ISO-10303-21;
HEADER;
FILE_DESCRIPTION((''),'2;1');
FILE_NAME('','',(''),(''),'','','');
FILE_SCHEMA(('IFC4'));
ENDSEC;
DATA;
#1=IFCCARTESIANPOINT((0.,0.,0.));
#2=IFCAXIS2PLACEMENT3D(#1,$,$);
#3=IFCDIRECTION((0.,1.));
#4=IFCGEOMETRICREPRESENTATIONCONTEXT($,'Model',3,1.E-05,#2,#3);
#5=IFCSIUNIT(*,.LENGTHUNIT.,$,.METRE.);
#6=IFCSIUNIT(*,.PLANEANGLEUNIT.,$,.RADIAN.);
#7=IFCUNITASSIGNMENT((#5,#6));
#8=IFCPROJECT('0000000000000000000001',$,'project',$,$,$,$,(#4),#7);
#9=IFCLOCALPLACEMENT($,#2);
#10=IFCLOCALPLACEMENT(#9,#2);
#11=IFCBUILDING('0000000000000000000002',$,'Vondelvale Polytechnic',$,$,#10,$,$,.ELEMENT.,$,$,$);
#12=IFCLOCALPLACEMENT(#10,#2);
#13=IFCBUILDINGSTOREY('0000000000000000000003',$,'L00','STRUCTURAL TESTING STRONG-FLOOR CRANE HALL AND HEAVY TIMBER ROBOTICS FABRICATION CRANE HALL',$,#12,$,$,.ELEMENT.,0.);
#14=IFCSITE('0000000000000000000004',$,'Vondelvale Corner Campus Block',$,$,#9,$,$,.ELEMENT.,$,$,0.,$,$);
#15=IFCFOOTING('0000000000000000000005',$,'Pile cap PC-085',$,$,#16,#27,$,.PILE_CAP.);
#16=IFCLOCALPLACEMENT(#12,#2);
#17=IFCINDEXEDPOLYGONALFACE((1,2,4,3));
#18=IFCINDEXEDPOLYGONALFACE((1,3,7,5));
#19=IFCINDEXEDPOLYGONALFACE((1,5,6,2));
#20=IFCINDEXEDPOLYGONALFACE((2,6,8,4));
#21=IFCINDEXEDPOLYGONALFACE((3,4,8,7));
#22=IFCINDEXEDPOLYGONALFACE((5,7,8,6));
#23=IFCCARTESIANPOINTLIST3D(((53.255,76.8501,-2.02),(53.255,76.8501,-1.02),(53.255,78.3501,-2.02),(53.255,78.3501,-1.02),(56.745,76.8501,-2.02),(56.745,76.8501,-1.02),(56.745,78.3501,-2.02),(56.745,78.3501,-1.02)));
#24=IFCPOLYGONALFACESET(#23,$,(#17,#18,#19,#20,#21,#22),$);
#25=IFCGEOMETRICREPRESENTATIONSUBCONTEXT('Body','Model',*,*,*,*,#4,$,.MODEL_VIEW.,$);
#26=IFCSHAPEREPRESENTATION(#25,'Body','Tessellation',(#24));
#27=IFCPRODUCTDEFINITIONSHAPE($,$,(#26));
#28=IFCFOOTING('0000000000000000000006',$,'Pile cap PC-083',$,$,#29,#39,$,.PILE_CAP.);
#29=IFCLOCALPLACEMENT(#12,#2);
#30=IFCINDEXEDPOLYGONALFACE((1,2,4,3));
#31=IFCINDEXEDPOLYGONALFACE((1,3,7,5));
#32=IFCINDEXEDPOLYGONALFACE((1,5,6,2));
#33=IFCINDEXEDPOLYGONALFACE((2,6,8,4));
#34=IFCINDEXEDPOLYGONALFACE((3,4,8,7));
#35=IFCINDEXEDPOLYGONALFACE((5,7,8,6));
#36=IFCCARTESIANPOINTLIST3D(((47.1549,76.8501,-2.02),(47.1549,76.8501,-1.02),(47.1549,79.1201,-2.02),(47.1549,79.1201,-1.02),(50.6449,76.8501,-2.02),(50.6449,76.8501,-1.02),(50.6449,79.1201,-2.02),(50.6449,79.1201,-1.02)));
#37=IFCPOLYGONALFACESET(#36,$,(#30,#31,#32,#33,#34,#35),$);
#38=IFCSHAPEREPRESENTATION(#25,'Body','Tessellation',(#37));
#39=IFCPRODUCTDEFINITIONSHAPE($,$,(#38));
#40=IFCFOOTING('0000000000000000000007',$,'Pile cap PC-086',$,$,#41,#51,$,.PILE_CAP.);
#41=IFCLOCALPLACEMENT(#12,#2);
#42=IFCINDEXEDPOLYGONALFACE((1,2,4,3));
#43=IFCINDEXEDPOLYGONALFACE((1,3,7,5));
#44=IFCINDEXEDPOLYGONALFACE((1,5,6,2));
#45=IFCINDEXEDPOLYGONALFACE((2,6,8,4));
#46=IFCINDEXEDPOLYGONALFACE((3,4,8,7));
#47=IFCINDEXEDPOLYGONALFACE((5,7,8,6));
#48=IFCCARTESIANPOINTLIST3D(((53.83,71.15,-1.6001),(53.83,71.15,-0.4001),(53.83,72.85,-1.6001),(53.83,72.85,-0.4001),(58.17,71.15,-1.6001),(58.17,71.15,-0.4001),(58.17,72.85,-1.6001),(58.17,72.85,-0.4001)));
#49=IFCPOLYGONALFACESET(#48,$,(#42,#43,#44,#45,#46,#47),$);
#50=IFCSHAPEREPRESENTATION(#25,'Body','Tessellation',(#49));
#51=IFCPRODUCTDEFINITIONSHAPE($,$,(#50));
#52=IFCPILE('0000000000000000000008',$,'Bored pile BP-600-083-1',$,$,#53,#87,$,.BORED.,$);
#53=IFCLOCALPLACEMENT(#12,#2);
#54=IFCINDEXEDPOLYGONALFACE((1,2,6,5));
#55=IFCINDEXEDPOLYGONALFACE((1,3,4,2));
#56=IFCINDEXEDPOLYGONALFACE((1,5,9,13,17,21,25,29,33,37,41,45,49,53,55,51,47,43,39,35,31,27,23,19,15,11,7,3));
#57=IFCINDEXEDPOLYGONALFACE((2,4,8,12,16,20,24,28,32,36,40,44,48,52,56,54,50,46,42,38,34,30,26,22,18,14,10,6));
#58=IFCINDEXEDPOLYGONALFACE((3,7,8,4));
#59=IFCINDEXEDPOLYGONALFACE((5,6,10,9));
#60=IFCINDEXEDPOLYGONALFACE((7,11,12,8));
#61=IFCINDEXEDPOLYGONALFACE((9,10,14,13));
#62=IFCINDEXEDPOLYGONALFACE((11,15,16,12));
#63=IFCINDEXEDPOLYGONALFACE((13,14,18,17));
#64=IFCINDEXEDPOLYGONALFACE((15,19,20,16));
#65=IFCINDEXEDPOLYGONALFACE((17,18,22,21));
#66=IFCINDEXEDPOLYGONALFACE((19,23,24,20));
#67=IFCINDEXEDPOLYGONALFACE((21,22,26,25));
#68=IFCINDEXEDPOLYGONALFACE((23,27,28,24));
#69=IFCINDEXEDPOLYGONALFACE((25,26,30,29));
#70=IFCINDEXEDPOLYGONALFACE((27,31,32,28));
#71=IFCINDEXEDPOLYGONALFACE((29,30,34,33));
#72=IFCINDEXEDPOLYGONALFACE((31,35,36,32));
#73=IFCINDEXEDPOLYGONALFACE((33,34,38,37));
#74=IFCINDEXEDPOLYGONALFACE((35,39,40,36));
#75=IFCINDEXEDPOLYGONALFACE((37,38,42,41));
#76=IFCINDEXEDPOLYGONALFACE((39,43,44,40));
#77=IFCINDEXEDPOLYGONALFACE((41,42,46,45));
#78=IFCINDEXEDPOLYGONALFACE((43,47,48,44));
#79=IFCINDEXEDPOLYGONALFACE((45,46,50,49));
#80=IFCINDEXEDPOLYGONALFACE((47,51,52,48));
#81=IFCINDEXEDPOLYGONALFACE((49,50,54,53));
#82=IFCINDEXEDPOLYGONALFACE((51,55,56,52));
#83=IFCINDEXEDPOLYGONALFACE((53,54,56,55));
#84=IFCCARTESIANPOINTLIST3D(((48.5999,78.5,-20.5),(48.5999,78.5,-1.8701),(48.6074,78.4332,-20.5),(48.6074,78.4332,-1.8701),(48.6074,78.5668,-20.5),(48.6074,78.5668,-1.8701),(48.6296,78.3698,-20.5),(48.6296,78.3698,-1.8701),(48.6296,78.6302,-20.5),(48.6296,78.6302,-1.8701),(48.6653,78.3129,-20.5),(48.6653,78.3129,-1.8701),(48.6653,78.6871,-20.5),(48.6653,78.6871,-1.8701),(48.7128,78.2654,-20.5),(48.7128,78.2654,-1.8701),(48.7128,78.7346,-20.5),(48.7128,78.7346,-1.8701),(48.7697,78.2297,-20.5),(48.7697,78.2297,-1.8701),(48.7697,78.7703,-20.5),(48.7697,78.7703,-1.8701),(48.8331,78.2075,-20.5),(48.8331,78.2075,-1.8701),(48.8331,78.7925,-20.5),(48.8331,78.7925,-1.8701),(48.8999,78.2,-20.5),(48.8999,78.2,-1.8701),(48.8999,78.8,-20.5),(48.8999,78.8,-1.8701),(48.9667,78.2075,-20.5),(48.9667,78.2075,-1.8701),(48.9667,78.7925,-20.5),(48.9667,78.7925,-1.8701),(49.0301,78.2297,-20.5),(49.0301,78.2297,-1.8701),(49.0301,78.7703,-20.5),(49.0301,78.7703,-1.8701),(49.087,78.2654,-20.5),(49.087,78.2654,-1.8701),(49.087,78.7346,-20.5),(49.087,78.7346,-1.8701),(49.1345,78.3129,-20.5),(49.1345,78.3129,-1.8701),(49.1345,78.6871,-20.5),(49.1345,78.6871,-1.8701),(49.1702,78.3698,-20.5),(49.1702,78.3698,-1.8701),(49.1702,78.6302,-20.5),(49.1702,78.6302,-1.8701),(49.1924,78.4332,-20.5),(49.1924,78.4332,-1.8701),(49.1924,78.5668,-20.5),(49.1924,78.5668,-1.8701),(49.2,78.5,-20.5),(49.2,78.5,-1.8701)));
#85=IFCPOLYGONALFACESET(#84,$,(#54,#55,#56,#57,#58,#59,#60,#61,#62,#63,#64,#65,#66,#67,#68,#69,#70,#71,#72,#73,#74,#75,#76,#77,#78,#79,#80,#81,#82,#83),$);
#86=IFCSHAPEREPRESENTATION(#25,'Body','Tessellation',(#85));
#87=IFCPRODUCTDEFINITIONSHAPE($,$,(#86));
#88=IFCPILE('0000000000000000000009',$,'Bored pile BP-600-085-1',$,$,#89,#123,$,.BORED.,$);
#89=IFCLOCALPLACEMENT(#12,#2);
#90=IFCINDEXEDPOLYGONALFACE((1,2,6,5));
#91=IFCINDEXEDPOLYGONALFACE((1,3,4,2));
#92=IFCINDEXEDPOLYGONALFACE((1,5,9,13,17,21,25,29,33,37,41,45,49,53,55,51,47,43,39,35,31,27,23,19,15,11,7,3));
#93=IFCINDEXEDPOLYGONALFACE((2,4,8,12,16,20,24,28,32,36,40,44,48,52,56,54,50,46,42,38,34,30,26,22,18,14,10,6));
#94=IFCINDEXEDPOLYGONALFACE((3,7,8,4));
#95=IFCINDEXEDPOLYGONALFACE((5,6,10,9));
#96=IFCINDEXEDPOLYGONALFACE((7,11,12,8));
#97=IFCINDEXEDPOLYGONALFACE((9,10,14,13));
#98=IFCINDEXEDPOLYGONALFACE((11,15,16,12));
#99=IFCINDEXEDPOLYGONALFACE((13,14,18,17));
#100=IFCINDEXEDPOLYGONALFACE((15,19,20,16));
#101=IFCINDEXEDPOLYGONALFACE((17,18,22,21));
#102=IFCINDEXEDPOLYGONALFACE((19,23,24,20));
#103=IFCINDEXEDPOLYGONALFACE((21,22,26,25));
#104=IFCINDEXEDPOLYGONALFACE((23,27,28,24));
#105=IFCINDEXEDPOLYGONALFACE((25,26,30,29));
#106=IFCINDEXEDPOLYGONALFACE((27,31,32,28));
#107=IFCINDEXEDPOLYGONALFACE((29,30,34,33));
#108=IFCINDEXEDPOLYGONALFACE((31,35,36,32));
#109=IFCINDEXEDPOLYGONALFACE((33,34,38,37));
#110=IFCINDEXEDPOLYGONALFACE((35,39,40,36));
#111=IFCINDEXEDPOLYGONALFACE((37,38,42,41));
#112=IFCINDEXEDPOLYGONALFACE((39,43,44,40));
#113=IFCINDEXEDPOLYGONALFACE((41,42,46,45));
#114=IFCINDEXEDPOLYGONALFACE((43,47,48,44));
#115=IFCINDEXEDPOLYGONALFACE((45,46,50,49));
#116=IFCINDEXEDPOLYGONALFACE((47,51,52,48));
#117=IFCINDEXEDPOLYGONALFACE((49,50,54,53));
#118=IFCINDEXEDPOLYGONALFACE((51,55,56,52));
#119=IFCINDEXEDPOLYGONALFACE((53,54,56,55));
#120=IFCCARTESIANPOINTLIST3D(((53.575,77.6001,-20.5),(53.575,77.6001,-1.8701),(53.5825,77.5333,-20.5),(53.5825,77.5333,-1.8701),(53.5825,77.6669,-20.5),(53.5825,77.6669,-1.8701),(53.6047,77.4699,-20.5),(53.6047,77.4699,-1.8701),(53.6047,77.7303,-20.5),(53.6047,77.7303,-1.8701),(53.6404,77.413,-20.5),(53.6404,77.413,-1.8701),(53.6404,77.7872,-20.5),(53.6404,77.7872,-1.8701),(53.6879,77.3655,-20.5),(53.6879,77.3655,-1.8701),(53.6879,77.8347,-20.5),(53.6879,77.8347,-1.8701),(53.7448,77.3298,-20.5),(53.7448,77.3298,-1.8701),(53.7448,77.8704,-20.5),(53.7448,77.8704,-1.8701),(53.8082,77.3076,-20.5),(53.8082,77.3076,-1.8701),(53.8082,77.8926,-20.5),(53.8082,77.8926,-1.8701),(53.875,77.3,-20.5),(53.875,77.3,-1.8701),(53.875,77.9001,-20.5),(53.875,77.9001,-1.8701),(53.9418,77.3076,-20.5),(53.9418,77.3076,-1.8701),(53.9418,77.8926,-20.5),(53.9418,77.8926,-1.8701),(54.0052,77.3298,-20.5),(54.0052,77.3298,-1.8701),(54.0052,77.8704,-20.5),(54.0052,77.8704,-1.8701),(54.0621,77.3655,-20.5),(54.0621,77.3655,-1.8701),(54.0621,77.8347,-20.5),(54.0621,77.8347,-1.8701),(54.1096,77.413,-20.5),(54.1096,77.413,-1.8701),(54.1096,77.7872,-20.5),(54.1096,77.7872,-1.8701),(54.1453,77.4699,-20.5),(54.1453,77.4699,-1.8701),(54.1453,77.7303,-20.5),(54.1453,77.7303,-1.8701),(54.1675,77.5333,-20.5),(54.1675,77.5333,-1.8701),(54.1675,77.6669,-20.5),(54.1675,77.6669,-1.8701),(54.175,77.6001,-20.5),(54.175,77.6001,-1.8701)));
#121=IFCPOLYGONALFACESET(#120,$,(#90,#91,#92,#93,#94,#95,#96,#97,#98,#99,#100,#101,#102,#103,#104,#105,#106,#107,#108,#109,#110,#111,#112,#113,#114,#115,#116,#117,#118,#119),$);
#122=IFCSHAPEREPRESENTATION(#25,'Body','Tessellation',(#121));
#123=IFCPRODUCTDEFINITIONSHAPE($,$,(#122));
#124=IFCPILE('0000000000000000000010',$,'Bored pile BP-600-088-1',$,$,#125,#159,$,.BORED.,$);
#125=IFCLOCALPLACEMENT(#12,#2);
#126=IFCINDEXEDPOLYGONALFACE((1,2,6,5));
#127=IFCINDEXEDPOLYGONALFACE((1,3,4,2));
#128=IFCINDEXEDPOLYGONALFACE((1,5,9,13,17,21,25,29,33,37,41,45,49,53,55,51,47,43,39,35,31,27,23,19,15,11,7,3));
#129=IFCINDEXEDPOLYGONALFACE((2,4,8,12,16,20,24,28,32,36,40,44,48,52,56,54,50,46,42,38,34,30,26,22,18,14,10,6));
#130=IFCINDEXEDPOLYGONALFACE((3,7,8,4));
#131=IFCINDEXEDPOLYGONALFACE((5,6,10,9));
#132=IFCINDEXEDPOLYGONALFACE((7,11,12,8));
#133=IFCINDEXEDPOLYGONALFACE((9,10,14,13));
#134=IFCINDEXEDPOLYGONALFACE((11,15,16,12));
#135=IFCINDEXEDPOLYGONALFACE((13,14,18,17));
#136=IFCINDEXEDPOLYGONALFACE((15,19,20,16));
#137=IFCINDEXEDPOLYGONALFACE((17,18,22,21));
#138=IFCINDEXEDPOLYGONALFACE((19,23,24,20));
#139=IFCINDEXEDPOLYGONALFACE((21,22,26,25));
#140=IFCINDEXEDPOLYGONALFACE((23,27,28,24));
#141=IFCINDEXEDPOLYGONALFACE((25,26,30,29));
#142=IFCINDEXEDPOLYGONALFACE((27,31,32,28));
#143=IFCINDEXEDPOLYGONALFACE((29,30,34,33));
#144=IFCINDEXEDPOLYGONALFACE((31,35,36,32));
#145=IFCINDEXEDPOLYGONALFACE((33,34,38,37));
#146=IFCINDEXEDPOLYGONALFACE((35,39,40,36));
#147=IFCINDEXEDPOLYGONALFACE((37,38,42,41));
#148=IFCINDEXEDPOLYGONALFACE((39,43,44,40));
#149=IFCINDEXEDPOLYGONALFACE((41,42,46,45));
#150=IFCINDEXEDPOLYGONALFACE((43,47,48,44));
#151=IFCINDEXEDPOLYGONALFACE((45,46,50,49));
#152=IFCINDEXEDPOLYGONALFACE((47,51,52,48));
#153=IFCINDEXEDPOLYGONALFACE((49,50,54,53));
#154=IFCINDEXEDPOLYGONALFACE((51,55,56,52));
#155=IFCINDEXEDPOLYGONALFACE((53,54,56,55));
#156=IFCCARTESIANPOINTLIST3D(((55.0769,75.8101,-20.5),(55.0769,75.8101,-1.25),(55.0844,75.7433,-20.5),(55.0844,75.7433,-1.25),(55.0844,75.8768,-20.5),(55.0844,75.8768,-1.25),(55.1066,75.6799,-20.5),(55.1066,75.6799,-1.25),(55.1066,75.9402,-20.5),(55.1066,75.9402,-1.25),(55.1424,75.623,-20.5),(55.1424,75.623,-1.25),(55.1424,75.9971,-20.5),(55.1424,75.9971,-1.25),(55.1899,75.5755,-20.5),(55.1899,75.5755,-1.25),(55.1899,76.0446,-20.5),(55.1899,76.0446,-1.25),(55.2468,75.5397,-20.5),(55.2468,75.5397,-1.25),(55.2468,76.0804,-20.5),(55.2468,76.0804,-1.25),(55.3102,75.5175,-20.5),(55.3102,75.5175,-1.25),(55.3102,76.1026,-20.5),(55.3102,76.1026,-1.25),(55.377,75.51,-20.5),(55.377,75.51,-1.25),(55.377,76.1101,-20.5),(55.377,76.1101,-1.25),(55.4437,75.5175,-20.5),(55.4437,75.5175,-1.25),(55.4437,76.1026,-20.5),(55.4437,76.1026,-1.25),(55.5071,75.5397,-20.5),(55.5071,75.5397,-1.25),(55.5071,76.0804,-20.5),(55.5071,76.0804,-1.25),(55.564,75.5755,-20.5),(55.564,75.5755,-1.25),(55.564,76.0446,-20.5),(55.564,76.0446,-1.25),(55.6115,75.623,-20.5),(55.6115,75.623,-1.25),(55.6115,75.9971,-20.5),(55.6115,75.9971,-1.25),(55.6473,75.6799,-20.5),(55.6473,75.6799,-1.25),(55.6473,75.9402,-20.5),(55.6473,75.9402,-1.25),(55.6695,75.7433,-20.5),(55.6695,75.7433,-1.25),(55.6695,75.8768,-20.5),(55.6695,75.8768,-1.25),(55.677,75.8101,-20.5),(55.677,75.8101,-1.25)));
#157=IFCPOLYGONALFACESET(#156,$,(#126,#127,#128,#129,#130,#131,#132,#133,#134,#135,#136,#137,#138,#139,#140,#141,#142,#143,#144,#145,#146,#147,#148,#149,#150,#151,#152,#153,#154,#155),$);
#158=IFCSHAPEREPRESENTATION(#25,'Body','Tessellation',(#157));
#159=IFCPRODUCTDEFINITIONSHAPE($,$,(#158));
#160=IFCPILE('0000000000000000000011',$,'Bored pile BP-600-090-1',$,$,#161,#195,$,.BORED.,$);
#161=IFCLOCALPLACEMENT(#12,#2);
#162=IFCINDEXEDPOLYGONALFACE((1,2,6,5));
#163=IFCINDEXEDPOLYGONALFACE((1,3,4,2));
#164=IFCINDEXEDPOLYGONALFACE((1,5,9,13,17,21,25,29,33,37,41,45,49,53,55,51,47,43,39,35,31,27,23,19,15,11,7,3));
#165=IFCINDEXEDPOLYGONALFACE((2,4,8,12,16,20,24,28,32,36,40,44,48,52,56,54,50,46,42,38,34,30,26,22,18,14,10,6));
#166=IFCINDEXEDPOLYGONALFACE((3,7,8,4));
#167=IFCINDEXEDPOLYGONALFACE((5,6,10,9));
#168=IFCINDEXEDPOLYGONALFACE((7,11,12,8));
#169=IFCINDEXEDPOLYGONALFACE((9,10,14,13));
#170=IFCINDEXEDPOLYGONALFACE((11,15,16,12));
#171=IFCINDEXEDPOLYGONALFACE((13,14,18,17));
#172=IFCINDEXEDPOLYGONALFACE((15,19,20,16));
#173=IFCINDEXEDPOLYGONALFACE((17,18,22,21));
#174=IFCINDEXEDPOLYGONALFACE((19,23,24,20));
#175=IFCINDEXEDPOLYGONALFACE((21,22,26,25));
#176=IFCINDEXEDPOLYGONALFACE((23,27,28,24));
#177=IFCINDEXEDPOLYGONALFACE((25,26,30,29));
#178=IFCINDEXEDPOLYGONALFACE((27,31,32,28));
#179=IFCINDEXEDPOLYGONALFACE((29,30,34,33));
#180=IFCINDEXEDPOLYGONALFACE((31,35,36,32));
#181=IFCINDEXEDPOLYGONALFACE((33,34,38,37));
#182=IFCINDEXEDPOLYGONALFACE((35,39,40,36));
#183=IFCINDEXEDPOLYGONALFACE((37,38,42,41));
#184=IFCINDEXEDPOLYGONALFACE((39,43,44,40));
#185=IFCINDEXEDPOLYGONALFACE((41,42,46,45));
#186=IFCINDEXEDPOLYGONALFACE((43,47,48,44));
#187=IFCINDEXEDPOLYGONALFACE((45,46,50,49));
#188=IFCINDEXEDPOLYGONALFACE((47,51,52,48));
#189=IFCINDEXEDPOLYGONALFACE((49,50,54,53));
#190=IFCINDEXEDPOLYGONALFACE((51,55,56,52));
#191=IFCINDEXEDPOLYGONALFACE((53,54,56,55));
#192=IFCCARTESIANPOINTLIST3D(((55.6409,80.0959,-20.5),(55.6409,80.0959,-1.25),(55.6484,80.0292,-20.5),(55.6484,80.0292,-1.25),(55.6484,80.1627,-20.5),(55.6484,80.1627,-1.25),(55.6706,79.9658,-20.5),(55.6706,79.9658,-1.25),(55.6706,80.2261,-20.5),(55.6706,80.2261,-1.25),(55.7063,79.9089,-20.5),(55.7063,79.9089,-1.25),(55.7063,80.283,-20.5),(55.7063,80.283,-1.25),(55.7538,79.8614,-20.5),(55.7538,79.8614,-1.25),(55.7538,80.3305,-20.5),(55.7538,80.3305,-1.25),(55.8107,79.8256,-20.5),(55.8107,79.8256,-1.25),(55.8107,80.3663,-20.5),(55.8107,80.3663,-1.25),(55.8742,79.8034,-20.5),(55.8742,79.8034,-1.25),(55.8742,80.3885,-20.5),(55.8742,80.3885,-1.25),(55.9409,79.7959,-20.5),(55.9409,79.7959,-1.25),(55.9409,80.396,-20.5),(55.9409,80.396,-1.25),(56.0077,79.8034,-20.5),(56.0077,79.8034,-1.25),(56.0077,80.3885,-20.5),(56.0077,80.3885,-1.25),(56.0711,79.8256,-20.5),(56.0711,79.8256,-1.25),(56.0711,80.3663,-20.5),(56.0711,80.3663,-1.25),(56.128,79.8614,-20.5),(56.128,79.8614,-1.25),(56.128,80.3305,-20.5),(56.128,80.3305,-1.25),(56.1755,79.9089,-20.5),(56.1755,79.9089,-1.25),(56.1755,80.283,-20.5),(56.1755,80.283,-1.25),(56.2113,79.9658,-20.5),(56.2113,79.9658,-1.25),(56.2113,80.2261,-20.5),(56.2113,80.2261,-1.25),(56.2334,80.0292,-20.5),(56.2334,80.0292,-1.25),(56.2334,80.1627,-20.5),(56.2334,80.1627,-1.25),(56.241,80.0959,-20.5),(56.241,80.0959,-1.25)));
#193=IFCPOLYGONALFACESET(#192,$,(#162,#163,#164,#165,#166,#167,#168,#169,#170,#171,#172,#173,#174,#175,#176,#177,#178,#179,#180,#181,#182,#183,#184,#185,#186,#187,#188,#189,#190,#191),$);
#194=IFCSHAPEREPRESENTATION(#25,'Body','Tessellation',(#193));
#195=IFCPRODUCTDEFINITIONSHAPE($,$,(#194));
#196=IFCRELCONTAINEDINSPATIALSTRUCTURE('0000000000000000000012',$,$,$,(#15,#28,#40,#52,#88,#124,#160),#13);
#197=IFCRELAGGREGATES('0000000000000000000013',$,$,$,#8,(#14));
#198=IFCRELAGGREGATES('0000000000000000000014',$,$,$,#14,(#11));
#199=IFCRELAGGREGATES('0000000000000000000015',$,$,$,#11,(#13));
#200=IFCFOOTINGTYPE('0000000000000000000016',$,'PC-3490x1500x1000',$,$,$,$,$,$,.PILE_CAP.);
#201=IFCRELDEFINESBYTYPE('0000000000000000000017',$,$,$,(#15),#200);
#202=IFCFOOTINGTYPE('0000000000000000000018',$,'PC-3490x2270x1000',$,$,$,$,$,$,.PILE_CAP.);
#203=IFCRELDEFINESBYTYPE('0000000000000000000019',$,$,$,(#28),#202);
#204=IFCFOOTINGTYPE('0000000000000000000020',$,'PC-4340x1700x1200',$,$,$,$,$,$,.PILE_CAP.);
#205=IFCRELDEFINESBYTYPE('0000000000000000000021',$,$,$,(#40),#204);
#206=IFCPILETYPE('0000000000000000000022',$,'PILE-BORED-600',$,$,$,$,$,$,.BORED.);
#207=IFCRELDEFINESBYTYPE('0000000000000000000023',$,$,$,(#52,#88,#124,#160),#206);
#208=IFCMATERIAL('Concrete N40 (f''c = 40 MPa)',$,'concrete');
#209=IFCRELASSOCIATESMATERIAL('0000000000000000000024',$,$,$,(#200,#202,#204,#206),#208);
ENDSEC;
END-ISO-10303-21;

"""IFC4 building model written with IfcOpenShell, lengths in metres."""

from ifc_helpers import new_model, si_unit, direction, frame, origin, origin_2d, place, context, subcontext, project, spatial, rectangle, circle, extrude, material, material_profile, profile_set, type_object, element, save


model = new_model("IFC4")

# Units and contexts
model_context = context("Model", 3, precision=1e-05, world=origin(), true_north=direction((0.0, 1.0)))
body_context = subcontext(model_context, "Body", "Model", "MODEL_VIEW")
ifc_project = project(units=[si_unit("LENGTHUNIT", "METRE"), si_unit("PLANEANGLEUNIT", "RADIAN")], contexts=[model_context])

# Site, building, storey
site_placement = place(None, origin())
site = spatial("IfcSite", under=ifc_project, at=site_placement, Name="Vondelvale Corner Campus Block", CompositionType="ELEMENT", RefElevation=0.0)
building_placement = place(site_placement, origin())
building = spatial("IfcBuilding", under=site, at=building_placement, Name="Vondelvale Polytechnic", CompositionType="ELEMENT")
storey_placement = place(building_placement, origin())
storey = spatial("IfcBuildingStorey", under=building, at=storey_placement, Name="L00", Description="STRUCTURAL TESTING STRONG-FLOOR CRANE HALL AND HEAVY TIMBER ROBOTICS FABRICATION CRANE HALL", CompositionType="ELEMENT", Elevation=0.0)

# Footings
ifc_material_1 = material(Name="Concrete N40 (f'c = 40 MPa)", Category="concrete")
footing_type_1 = type_object("IfcFootingType", Name="PC-3490x1500x1000", PredefinedType="PILE_CAP", material=ifc_material_1)
footing_1_placement = place(storey_placement, frame((55.0, 77.6001, -2.02), z_axis=(0.0, 0.0, 1.0), x_axis=(1.0, 0.0, 0.0)))
element("IfcFooting", 1, at=footing_1_placement, inside=storey, type_object=footing_type_1, Name="Pile cap PC-085", PredefinedType="PILE_CAP", context=body_context, shape_type="SweptSolid", body=[
    extrude(rectangle(XDim=3.49, YDim=1.5, at=origin_2d()), origin(), (0.0, 0.0, 1.0), 1.0),
])
footing_type_2 = type_object("IfcFootingType", Name="PC-3490x2270x1000", PredefinedType="PILE_CAP", material=ifc_material_1)
footing_2_placement = place(storey_placement, frame((48.8999, 77.9851, -2.02), z_axis=(0.0, 0.0, 1.0), x_axis=(1.0, 0.0, 0.0)))
element("IfcFooting", 2, at=footing_2_placement, inside=storey, type_object=footing_type_2, Name="Pile cap PC-083", PredefinedType="PILE_CAP", context=body_context, shape_type="SweptSolid", body=[
    extrude(rectangle(XDim=3.49, YDim=2.27, at=origin_2d()), origin(), (0.0, 0.0, 1.0), 1.0),
])
footing_type_3 = type_object("IfcFootingType", Name="PC-4340x1700x1200", PredefinedType="PILE_CAP", material=ifc_material_1)
footing_3_placement = place(storey_placement, frame((56.0, 72.0, -1.6001), z_axis=(0.0, 0.0, 1.0), x_axis=(1.0, 0.0, 0.0)))
element("IfcFooting", 3, at=footing_3_placement, inside=storey, type_object=footing_type_3, Name="Pile cap PC-086", PredefinedType="PILE_CAP", context=body_context, shape_type="SweptSolid", body=[
    extrude(rectangle(XDim=4.3401, YDim=1.7, at=origin_2d()), origin(), (0.0, 0.0, 1.0), 1.2),
])

# Piles
ifc_material_profile_1 = material_profile(ifc_material_1, circle(Radius=0.3, at=origin_2d()), Name="PILE-D600")
ifc_profile_set_1 = profile_set([ifc_material_profile_1], Name="Concrete N40 (f'c = 40 MPa)")
pile_type_1 = type_object("IfcPileType", Name="PILE-BORED-600", PredefinedType="BORED", material=ifc_profile_set_1)
for number, where, z_axis, x_axis, name in (
    (4, (48.8999, 78.5, -1.8701), (0.0, 0.0, -1.0), (1.0, 0.0, 0.0), "Bored pile BP-600-083-1"),
    (5, (53.875, 77.6001, -1.8701), (0.0, 0.0, -1.0), (1.0, 0.0, 0.0), "Bored pile BP-600-085-1"),
):
    element("IfcPile", number, at=place(storey_placement, frame(where, z_axis=z_axis, x_axis=x_axis)), inside=storey, type_object=pile_type_1, Name=name, PredefinedType="BORED", context=body_context, shape_type="SweptSolid", body=[
        extrude(circle(Radius=0.3, at=origin_2d()), origin(), (0.0, 0.0, 1.0), 18.6299),
    ])
for number, where, z_axis, x_axis, name in (
    (6, (55.377, 75.8101, -1.25), (0.0, 0.0, -1.0), (1.0, 0.0, 0.0), "Bored pile BP-600-088-1"),
    (7, (55.9409, 80.0959, -1.25), (0.0, 0.0, -1.0), (1.0, 0.0, 0.0), "Bored pile BP-600-090-1"),
):
    element("IfcPile", number, at=place(storey_placement, frame(where, z_axis=z_axis, x_axis=x_axis)), inside=storey, type_object=pile_type_1, Name=name, PredefinedType="BORED", context=body_context, shape_type="SweptSolid", body=[
        extrude(circle(Radius=0.3, at=origin_2d()), origin(), (0.0, 0.0, 1.0), 19.25),
    ])

save(model, "model.ifc")
